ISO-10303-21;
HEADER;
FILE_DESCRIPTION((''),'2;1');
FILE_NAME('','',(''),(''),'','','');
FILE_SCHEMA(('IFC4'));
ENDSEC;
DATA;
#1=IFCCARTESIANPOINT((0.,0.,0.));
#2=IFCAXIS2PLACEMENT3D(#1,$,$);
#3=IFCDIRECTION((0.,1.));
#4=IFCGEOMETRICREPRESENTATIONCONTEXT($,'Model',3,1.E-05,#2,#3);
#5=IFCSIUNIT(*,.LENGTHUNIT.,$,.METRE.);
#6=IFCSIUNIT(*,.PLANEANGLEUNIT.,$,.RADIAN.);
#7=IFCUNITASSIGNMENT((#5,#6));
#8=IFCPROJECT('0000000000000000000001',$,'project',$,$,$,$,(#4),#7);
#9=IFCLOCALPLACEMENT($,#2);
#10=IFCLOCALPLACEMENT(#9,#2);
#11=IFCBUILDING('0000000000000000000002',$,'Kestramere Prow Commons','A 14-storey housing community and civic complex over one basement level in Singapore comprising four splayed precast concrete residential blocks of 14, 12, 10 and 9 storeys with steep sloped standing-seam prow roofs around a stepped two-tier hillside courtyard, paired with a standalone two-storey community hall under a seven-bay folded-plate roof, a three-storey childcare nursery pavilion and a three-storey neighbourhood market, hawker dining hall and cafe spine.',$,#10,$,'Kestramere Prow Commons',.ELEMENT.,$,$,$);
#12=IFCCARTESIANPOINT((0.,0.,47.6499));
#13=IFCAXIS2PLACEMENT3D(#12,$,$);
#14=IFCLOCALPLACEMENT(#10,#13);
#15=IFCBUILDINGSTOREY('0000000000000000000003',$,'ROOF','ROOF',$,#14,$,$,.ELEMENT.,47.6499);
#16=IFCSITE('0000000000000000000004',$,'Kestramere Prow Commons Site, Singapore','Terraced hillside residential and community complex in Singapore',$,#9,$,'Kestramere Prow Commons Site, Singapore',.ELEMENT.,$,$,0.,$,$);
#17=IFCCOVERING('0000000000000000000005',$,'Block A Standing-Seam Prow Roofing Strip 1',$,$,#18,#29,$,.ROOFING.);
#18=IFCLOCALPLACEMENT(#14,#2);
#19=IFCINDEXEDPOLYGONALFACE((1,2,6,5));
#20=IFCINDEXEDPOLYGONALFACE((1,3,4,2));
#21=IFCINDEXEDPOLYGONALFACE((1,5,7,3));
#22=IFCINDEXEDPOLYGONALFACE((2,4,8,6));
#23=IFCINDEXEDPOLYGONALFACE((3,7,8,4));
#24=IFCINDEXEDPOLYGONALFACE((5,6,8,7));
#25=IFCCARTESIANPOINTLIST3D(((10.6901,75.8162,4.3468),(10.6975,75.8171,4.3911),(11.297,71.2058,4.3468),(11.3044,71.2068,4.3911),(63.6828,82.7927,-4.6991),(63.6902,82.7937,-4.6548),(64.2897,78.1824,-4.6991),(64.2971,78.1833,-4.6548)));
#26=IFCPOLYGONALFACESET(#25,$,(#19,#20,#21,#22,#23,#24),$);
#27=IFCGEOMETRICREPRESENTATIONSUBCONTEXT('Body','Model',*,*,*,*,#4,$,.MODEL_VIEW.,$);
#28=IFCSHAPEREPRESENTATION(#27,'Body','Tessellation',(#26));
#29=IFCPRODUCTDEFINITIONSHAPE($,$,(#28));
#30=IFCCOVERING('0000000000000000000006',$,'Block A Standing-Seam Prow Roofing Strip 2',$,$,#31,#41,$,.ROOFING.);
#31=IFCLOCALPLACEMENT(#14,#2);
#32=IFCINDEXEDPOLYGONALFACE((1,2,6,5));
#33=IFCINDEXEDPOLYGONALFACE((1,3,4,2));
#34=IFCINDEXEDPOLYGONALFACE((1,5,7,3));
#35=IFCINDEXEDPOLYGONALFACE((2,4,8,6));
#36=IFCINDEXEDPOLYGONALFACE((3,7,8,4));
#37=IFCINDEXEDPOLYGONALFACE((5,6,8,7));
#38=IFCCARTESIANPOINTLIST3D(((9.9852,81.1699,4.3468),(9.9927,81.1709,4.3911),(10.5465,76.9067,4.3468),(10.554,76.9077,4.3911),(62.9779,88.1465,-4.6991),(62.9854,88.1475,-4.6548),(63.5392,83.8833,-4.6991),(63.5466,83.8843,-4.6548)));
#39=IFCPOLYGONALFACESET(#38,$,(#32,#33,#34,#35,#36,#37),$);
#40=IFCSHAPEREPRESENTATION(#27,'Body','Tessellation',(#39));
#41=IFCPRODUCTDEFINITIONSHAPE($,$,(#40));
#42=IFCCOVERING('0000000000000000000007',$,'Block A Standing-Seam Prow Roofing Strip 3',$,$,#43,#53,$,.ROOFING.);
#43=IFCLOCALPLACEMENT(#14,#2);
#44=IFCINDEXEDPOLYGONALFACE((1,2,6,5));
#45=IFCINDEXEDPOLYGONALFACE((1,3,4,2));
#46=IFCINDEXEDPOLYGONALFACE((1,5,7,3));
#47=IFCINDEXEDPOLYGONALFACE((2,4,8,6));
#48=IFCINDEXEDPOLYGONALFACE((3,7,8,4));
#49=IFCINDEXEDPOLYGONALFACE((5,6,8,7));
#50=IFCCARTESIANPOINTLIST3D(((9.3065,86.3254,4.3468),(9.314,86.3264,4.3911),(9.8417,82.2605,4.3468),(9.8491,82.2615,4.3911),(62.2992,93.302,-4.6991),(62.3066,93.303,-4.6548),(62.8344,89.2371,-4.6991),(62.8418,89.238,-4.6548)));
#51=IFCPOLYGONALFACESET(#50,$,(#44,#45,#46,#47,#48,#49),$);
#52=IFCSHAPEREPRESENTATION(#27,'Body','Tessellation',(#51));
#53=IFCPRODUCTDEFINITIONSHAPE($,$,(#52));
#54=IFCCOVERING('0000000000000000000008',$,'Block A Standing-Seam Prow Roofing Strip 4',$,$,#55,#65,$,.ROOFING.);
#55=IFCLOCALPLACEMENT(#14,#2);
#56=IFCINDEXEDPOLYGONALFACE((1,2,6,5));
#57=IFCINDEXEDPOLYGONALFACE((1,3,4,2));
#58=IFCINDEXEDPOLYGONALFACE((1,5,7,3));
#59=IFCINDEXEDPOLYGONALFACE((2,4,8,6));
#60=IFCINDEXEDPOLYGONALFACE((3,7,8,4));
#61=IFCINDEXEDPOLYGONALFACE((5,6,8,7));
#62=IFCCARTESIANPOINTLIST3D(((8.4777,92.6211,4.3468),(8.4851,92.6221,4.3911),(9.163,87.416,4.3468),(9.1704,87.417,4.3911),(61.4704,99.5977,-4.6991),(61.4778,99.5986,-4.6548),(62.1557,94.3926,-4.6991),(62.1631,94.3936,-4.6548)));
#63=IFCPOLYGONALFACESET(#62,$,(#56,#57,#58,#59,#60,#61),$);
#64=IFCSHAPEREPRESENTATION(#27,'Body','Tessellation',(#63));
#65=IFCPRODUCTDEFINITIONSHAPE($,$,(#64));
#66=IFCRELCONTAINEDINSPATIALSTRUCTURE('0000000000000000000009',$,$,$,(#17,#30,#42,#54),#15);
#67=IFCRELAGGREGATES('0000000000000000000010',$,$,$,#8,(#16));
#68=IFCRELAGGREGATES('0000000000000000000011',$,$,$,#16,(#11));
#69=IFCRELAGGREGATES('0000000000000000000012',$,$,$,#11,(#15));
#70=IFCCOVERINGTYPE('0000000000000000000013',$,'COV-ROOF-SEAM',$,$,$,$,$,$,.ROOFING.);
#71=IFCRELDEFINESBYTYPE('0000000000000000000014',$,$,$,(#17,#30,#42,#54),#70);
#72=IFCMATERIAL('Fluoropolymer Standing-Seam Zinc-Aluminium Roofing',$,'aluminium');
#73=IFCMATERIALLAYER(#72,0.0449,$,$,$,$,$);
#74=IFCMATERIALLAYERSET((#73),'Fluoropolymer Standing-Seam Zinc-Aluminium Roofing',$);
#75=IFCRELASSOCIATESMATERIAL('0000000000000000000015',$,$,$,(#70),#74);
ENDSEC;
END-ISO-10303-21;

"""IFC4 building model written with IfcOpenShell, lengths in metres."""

from ifc_helpers import new_model, si_unit, direction, frame, origin, place, context, subcontext, project, spatial, polyline, outline, extrude, material, layer, layer_set, type_object, element, save


model = new_model("IFC4")

# Units and contexts
model_context = context("Model", 3, precision=1e-05, world=origin(), true_north=direction((0.0, 1.0)))
body_context = subcontext(model_context, "Body", "Model", "MODEL_VIEW")
ifc_project = project(units=[si_unit("LENGTHUNIT", "METRE"), si_unit("PLANEANGLEUNIT", "RADIAN")], contexts=[model_context])

# Site, building, storey
site_placement = place(None, origin())
site = spatial("IfcSite", under=ifc_project, at=site_placement, Name="Kestramere Prow Commons Site, Singapore", Description="Terraced hillside residential and community complex in Singapore", LongName="Kestramere Prow Commons Site, Singapore", CompositionType="ELEMENT", RefElevation=0.0)
building_placement = place(site_placement, origin())
building = spatial("IfcBuilding", under=site, at=building_placement, Name="Kestramere Prow Commons", Description="A 14-storey housing community and civic complex over one basement level in Singapore comprising four splayed precast concrete residential blocks of 14, 12, 10 and 9 storeys with steep sloped standing-seam prow roofs around a stepped two-tier hillside courtyard, paired with a standalone two-storey community hall under a seven-bay folded-plate roof, a three-storey childcare nursery pavilion and a three-storey neighbourhood market, hawker dining hall and cafe spine.", LongName="Kestramere Prow Commons", CompositionType="ELEMENT")
storey_placement = place(building_placement, frame((0.0, 0.0, 47.6499)))
storey = spatial("IfcBuildingStorey", under=building, at=storey_placement, Name="ROOF", Description="ROOF", CompositionType="ELEMENT", Elevation=47.6499)

# Coverings
ifc_material_1 = material(Name="Fluoropolymer Standing-Seam Zinc-Aluminium Roofing", Category="aluminium")
ifc_layer_1 = layer(ifc_material_1, 0.0449)
ifc_layer_set_1 = layer_set([ifc_layer_1], Name="Fluoropolymer Standing-Seam Zinc-Aluminium Roofing")
covering_type = type_object("IfcCoveringType", Name="COV-ROOF-SEAM", PredefinedType="ROOFING", material=ifc_layer_set_1)
covering_1_placement = place(storey_placement, frame((11.3044, 71.2068, 4.3911), z_axis=(0.16544, 0.02178, 0.985979), x_axis=(0.977544, 0.128695, -0.166868)))
element("IfcCovering", 1, at=covering_1_placement, inside=storey, type_object=covering_type, Name="Block A Standing-Seam Prow Roofing Strip 1", PredefinedType="ROOFING", context=body_context, shape_type="SweptSolid", body=[
    extrude(outline(polyline([(0.0, 0.0), (54.21, 0.0), (54.21, 4.6501), (0.0, 4.6501), (0.0, 0.0)])), origin(), (0.0, 0.0, -1.0), 0.0449),
])
covering_2_placement = place(storey_placement, frame((10.554, 76.9077, 4.3911), z_axis=(0.16544, 0.021781, 0.985979), x_axis=(0.977544, 0.128695, -0.166868)))
element("IfcCovering", 2, at=covering_2_placement, inside=storey, type_object=covering_type, Name="Block A Standing-Seam Prow Roofing Strip 2", PredefinedType="ROOFING", context=body_context, shape_type="SweptSolid", body=[
    extrude(outline(polyline([(0.0, 0.0), (54.21, 0.0), (54.21, 4.3), (0.0, 4.3), (0.0, 0.0)])), origin(), (0.0, 0.0, -1.0), 0.0449),
])
covering_3_placement = place(storey_placement, frame((9.8491, 82.2615, 4.3911), z_axis=(0.16544, 0.02178, 0.985979), x_axis=(0.977544, 0.128695, -0.166868)))
element("IfcCovering", 3, at=covering_3_placement, inside=storey, type_object=covering_type, Name="Block A Standing-Seam Prow Roofing Strip 3", PredefinedType="ROOFING", context=body_context, shape_type="SweptSolid", body=[
    extrude(outline(polyline([(0.0, 0.0), (54.21, 0.0), (54.21, 4.1), (0.0, 4.1), (0.0, 0.0)])), origin(), (0.0, 0.0, -1.0), 0.0449),
])
covering_4_placement = place(storey_placement, frame((9.1704, 87.417, 4.3911), z_axis=(0.16544, 0.021782, 0.985979), x_axis=(0.977544, 0.128695, -0.166868)))
element("IfcCovering", 4, at=covering_4_placement, inside=storey, type_object=covering_type, Name="Block A Standing-Seam Prow Roofing Strip 4", PredefinedType="ROOFING", context=body_context, shape_type="SweptSolid", body=[
    extrude(outline(polyline([(0.0, 0.0), (54.21, 0.0), (54.21, 5.25), (0.0, 5.25), (0.0, 0.0)])), origin(), (0.0, 0.0, -1.0), 0.0449),
])

save(model, "model.ifc")
